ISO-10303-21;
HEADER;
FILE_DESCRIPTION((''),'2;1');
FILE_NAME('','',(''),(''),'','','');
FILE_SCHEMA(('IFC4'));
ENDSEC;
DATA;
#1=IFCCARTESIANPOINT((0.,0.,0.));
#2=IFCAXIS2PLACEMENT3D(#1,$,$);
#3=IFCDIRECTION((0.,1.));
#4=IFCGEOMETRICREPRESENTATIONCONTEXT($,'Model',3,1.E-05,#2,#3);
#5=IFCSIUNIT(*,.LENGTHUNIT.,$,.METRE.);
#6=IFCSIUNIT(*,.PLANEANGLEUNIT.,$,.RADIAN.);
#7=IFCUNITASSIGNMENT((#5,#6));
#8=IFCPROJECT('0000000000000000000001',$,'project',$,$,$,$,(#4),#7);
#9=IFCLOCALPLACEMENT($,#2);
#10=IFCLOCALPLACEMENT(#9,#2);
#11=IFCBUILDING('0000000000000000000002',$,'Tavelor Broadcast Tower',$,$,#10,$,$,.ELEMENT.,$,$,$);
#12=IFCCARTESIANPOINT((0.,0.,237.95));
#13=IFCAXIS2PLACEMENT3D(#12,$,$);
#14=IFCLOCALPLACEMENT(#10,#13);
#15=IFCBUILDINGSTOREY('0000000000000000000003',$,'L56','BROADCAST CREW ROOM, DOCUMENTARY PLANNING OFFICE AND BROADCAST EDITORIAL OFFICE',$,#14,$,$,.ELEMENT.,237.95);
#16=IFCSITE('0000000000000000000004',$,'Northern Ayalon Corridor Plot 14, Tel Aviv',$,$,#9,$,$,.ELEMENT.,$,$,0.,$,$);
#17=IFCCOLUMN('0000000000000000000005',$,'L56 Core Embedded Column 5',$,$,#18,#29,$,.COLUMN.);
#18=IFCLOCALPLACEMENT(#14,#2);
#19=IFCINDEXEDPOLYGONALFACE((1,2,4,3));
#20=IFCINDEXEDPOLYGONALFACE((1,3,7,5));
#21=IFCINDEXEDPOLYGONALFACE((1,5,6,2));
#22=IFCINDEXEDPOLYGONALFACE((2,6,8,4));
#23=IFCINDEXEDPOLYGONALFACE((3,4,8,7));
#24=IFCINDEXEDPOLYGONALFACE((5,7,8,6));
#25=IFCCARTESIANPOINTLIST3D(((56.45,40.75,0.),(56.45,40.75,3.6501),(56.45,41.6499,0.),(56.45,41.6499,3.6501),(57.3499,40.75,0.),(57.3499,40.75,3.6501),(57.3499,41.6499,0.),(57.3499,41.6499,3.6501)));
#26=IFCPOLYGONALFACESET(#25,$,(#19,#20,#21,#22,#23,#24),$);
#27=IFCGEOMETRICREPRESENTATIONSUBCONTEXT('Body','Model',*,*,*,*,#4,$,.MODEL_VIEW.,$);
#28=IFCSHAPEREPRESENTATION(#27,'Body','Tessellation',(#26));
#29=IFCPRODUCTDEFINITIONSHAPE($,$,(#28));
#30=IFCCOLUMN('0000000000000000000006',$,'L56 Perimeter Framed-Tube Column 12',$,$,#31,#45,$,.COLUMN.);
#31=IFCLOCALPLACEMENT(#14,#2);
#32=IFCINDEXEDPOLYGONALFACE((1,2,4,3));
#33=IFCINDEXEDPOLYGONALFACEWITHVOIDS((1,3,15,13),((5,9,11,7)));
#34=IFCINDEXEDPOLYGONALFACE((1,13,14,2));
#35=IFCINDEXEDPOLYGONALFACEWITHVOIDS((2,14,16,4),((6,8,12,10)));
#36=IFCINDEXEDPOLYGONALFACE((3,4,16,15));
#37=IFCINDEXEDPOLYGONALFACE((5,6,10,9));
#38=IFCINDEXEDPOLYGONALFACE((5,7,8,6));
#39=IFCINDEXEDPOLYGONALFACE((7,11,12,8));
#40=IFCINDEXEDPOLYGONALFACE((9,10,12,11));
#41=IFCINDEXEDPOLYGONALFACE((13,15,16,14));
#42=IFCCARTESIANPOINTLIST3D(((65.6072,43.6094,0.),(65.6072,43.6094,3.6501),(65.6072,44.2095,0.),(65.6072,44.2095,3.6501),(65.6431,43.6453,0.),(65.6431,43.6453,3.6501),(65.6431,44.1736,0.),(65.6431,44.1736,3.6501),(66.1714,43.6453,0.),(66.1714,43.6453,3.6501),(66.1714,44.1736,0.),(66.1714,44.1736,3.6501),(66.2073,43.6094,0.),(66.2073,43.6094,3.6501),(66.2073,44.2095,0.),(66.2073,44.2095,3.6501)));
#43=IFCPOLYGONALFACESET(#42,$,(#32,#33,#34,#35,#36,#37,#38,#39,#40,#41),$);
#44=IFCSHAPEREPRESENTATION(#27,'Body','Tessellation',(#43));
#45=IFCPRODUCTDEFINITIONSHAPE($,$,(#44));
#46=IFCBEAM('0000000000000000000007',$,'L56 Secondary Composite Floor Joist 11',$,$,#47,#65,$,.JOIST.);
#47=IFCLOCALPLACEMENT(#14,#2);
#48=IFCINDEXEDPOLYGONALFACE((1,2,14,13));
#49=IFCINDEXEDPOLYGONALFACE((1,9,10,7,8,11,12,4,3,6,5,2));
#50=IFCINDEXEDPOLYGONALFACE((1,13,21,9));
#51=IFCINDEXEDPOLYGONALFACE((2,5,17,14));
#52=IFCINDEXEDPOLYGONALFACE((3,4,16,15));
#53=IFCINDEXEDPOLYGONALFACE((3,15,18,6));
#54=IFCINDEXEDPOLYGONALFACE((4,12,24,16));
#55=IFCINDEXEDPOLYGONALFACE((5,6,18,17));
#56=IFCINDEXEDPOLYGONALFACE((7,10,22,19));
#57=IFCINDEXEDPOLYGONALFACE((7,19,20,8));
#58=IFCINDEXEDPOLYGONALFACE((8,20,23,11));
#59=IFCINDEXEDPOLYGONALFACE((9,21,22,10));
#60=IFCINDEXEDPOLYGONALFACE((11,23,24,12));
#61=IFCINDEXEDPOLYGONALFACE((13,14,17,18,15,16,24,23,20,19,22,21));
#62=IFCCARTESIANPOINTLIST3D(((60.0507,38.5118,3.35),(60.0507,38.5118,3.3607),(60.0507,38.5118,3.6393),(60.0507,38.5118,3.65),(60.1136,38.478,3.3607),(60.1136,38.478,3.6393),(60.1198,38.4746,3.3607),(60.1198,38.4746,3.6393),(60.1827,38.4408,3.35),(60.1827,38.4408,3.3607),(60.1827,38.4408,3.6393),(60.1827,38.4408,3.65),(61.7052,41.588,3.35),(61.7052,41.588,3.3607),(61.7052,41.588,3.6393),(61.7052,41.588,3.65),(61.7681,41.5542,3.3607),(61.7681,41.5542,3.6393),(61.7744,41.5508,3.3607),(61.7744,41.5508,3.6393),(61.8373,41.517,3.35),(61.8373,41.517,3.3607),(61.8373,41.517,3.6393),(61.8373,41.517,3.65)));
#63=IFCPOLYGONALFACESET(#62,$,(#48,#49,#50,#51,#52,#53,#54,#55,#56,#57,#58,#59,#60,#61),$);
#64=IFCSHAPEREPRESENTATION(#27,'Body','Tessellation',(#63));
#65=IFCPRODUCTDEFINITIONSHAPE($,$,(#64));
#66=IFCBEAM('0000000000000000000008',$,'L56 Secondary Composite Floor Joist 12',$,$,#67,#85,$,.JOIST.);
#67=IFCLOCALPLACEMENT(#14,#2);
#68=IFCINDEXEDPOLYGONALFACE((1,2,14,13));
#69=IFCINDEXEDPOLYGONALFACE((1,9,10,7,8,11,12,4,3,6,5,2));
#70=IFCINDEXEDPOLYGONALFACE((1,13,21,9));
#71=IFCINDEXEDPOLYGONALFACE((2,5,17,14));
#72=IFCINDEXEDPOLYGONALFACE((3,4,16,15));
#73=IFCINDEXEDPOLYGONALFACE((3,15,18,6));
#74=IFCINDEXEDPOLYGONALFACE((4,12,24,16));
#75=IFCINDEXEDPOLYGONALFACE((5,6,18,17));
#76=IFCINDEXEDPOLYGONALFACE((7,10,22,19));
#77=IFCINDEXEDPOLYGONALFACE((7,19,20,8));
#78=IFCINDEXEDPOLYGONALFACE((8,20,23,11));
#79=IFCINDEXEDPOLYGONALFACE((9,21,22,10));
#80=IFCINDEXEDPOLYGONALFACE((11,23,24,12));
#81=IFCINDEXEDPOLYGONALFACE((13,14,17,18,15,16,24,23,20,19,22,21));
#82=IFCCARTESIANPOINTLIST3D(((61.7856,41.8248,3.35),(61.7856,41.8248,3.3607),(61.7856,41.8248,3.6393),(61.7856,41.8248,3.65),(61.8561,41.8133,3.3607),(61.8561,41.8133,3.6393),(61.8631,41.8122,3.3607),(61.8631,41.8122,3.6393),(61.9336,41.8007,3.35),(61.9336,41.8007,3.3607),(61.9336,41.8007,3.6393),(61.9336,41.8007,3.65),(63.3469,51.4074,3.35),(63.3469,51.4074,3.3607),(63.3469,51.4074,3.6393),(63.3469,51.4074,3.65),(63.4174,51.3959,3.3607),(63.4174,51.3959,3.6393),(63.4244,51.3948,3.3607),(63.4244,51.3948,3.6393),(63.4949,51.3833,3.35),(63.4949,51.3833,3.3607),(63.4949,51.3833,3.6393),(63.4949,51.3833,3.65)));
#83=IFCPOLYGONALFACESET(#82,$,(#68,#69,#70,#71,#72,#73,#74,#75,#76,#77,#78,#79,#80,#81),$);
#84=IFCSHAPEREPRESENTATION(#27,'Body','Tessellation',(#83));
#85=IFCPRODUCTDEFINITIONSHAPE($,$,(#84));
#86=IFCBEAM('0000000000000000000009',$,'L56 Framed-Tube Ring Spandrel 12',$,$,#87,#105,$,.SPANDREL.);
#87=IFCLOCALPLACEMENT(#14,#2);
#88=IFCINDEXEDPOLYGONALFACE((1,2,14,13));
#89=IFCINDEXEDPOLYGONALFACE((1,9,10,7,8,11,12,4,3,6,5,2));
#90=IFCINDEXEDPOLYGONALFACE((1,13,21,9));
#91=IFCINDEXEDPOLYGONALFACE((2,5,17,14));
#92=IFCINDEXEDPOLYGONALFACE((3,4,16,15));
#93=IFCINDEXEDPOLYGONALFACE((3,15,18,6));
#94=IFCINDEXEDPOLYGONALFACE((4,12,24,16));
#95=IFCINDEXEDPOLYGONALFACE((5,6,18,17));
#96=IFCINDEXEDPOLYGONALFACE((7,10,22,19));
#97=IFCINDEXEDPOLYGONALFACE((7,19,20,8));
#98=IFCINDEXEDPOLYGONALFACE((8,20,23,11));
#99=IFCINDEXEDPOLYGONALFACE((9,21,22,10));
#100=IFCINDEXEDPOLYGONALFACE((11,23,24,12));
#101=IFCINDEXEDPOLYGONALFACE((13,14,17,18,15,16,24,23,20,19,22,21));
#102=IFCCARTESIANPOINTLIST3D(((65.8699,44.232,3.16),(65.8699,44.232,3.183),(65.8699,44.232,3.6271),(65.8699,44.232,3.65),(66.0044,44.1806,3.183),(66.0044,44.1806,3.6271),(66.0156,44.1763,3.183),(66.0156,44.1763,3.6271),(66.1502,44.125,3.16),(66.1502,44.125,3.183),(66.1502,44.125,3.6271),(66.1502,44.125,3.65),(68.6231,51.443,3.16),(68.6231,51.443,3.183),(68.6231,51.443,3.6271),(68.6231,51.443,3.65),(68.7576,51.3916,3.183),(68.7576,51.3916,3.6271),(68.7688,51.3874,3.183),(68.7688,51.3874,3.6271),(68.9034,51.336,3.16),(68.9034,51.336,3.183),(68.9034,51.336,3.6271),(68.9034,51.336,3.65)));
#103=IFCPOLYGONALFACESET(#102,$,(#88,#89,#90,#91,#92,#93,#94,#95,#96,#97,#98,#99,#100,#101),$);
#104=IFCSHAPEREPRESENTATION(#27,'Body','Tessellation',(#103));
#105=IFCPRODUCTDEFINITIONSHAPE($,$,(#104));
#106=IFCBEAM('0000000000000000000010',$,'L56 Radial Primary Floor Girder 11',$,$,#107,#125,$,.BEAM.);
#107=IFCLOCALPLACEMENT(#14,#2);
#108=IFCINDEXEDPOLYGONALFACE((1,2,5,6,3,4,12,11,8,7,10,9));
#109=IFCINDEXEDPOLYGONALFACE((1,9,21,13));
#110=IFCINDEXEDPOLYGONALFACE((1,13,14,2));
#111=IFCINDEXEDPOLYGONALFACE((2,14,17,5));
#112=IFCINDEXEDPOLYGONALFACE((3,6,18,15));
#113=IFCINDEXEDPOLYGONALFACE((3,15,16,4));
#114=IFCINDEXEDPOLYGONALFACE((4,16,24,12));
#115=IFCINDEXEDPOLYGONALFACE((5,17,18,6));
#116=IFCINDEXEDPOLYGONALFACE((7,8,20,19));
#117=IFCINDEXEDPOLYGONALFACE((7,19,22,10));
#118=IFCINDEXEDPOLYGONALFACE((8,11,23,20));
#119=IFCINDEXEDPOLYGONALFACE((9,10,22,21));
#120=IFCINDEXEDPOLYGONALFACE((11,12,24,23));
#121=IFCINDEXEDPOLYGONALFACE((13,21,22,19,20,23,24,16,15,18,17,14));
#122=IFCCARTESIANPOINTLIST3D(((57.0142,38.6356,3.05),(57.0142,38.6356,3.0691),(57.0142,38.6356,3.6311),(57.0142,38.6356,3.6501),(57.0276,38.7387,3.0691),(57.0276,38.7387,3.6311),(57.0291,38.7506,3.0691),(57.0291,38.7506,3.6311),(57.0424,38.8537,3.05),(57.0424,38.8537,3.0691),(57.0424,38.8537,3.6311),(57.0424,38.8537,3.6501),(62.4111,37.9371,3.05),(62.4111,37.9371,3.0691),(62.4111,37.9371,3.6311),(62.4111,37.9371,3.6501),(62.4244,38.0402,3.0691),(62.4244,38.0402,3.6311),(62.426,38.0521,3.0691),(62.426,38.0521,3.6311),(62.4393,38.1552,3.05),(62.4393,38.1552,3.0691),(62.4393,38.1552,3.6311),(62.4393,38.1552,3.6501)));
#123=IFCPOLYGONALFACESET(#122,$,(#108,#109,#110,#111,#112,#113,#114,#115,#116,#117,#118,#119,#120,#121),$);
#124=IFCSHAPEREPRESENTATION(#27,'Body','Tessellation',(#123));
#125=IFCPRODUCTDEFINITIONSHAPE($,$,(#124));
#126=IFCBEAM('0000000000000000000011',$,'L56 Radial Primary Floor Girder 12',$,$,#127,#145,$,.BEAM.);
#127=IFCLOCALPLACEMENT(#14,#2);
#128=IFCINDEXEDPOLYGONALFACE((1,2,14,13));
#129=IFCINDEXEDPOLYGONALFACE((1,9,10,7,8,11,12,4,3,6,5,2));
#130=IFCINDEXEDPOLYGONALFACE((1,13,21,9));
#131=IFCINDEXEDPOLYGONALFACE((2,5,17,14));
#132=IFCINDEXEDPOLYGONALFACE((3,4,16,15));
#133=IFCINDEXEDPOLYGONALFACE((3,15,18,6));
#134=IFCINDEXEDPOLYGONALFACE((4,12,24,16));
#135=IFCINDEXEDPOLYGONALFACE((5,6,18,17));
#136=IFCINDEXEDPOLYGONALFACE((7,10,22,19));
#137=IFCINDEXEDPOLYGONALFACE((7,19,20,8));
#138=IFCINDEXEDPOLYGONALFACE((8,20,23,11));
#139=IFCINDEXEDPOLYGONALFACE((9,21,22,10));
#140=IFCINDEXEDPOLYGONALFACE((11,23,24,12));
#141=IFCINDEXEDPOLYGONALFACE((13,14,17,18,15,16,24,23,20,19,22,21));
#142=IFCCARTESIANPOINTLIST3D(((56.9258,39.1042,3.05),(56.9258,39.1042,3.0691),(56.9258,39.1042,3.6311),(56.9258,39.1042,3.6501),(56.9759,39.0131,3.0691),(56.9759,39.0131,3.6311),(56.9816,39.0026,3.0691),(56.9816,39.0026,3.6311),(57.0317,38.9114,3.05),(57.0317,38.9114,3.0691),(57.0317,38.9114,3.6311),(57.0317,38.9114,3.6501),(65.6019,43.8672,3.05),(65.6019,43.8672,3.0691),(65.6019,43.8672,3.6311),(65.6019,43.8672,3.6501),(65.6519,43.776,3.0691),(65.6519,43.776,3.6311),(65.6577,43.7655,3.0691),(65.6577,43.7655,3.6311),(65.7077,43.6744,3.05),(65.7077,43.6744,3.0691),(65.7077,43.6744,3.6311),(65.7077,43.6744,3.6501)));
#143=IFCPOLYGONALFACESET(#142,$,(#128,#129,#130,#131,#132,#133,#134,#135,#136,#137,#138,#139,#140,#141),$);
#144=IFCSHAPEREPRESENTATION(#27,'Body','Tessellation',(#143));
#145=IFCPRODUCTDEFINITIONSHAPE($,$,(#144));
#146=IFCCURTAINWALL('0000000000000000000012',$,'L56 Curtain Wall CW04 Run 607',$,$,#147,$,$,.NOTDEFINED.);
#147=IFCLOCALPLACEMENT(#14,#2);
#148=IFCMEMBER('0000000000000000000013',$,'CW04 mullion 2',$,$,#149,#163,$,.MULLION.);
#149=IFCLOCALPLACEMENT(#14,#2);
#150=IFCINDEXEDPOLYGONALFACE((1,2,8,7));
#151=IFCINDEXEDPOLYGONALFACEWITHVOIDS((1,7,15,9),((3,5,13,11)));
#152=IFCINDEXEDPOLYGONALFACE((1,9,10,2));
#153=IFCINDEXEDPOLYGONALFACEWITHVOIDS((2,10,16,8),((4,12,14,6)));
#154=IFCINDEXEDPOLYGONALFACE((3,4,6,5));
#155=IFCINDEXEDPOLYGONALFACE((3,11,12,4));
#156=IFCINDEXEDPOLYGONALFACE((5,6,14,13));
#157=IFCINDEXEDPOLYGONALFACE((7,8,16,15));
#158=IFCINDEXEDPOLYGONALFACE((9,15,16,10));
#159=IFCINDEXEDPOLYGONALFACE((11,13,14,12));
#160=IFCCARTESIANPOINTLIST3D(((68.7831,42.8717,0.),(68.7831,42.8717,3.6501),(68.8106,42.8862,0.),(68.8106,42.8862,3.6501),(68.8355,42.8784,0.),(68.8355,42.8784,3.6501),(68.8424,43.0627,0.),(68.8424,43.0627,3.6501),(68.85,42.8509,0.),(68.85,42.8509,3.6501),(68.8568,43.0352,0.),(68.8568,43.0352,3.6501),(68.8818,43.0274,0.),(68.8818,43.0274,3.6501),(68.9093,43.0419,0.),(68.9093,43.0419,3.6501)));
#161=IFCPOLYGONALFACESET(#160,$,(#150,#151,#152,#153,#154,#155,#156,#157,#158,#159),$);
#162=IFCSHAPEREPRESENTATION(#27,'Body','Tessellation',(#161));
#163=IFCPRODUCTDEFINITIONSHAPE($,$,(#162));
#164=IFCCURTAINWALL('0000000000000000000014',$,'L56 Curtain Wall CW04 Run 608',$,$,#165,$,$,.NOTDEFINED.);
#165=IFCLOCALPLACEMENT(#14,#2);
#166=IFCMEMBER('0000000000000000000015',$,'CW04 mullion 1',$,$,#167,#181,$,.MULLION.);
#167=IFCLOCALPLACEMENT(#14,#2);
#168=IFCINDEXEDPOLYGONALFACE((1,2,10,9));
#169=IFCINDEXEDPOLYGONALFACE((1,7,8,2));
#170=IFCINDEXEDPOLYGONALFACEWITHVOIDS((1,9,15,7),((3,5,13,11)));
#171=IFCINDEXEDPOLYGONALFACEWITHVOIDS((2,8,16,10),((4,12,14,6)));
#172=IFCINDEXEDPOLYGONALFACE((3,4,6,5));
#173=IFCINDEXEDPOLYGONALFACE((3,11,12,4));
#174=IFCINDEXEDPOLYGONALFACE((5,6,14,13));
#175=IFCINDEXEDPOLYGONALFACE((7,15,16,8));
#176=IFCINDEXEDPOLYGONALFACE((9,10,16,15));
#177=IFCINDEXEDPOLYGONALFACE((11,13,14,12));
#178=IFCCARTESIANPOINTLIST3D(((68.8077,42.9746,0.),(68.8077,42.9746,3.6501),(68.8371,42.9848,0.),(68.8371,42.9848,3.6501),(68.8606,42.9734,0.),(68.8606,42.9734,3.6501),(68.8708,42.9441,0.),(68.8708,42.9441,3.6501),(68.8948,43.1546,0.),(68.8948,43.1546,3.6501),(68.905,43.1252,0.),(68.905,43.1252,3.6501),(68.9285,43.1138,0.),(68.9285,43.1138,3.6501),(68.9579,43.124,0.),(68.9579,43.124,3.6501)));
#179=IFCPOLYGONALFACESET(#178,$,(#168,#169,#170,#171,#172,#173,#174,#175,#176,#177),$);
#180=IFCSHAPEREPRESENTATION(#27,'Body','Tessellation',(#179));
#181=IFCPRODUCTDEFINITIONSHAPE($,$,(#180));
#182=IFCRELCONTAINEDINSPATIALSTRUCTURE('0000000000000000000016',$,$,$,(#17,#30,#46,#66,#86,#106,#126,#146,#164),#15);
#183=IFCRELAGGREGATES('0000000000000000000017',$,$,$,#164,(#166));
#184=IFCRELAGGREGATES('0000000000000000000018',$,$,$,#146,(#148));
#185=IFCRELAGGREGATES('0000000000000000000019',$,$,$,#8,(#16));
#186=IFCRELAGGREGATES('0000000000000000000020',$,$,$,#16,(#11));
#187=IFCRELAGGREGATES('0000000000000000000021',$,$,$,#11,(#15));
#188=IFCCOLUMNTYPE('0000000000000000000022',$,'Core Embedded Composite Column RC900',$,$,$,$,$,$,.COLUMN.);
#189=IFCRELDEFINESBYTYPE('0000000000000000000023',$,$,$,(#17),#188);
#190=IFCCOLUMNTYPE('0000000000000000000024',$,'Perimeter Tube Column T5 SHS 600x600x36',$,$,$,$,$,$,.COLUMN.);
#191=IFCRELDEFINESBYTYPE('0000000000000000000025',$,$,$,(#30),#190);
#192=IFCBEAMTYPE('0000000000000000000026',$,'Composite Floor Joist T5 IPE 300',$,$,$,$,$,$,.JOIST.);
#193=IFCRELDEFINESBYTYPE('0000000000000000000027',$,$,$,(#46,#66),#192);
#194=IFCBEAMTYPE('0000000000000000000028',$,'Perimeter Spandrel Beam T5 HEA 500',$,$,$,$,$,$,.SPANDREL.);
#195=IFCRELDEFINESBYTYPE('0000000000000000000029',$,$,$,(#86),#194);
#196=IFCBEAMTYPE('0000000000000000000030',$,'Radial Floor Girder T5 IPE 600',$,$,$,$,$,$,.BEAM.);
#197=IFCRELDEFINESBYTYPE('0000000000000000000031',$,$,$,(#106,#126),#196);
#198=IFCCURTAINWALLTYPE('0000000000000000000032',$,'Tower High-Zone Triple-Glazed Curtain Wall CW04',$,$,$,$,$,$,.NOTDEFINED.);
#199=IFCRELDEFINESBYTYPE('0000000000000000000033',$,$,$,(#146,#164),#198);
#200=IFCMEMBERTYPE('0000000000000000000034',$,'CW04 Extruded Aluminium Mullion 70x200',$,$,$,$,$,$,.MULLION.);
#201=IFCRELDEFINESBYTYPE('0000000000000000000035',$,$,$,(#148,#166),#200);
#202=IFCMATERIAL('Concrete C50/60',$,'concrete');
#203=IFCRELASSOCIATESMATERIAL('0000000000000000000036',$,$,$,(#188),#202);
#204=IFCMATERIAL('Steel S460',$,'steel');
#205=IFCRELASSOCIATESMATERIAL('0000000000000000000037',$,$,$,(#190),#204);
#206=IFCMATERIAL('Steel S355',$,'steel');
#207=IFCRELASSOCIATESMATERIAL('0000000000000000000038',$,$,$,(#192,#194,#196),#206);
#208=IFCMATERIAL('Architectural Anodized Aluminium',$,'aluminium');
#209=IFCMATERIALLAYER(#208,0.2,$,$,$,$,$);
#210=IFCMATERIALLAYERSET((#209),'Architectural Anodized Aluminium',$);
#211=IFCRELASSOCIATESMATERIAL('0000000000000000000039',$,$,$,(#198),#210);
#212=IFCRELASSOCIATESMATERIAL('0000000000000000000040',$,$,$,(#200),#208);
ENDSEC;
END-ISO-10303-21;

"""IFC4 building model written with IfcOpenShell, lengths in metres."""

from ifc_helpers import new_model, si_unit, direction, frame, origin, origin_2d, place, context, subcontext, project, spatial, rectangle, hollow_rectangle, i_section, extrude, source, transform, mapped, material, layer, layer_set, material_profile, profile_set, type_object, type_shapes, element, aggregate, save


model = new_model("IFC4")

# Units and contexts
model_context = context("Model", 3, precision=1e-05, world=origin(), true_north=direction((0.0, 1.0)))
body_context = subcontext(model_context, "Body", "Model", "MODEL_VIEW")
ifc_project = project(units=[si_unit("LENGTHUNIT", "METRE"), si_unit("PLANEANGLEUNIT", "RADIAN")], contexts=[model_context])

# Site, building, storey
site_placement = place(None, origin())
site = spatial("IfcSite", under=ifc_project, at=site_placement, Name="Northern Ayalon Corridor Plot 14, Tel Aviv", CompositionType="ELEMENT", RefElevation=0.0)
building_placement = place(site_placement, origin())
building = spatial("IfcBuilding", under=site, at=building_placement, Name="Tavelor Broadcast Tower", CompositionType="ELEMENT")
storey_placement = place(building_placement, frame((0.0, 0.0, 237.95)))
storey = spatial("IfcBuildingStorey", under=building, at=storey_placement, Name="L56", Description="BROADCAST CREW ROOM, DOCUMENTARY PLANNING OFFICE AND BROADCAST EDITORIAL OFFICE", CompositionType="ELEMENT", Elevation=237.95)

# Columns
ifc_material_1 = material(Name="Concrete C50/60", Category="concrete")
ifc_material_profile_1 = material_profile(ifc_material_1, rectangle(XDim=0.8999, YDim=0.8999, at=origin_2d()), Name="RC 900x900")
ifc_profile_set_1 = profile_set([ifc_material_profile_1], Name="Concrete C50/60")
column_type_1 = type_object("IfcColumnType", Name="Core Embedded Composite Column RC900", PredefinedType="COLUMN", material=ifc_profile_set_1)
column_1_placement = place(storey_placement, frame((56.8999, 41.2, 0.0), z_axis=(0.0, 0.0, 1.0), x_axis=(1.0, 0.0, 0.0)))
element("IfcColumn", 1, at=column_1_placement, inside=storey, type_object=column_type_1, Name="L56 Core Embedded Column 5", PredefinedType="COLUMN", context=body_context, shape_type="SweptSolid", body=[
    extrude(rectangle(XDim=0.8999, YDim=0.8999, at=origin_2d()), origin(), (0.0, 0.0, 1.0), 3.6501),
])
ifc_material_2 = material(Name="Steel S460", Category="steel")
ifc_material_profile_2 = material_profile(ifc_material_2, hollow_rectangle(XDim=0.6001, YDim=0.6001, WallThickness=0.0359, at=origin_2d()), Name="SHS 600x600x36")
ifc_profile_set_2 = profile_set([ifc_material_profile_2], Name="Steel S460")
column_type_2 = type_object("IfcColumnType", Name="Perimeter Tube Column T5 SHS 600x600x36", PredefinedType="COLUMN", material=ifc_profile_set_2)
column_2_placement = place(storey_placement, frame((65.9072, 43.9094, 0.0), z_axis=(0.0, 0.0, 1.0), x_axis=(1.0, 0.0, 0.0)))
element("IfcColumn", 2, at=column_2_placement, inside=storey, type_object=column_type_2, Name="L56 Perimeter Framed-Tube Column 12", PredefinedType="COLUMN", context=body_context, shape_type="SweptSolid", body=[
    extrude(hollow_rectangle(XDim=0.6001, YDim=0.6001, WallThickness=0.0359, at=origin_2d()), origin(), (0.0, 0.0, 1.0), 3.6501),
])

# Beams
ifc_material_3 = material(Name="Steel S355", Category="steel")
ifc_material_profile_3 = material_profile(ifc_material_3, i_section(OverallWidth=0.1499, OverallDepth=0.3, WebThickness=0.0071, FlangeThickness=0.0107, at=origin_2d()), Name="IPE 300")
ifc_profile_set_3 = profile_set([ifc_material_profile_3], Name="Steel S355")
beam_type_1 = type_object("IfcBeamType", Name="Composite Floor Joist T5 IPE 300", PredefinedType="JOIST", material=ifc_profile_set_3)
beam_1_placement = place(storey_placement, frame((60.1167, 38.4763, 3.5), z_axis=(0.473687, 0.880693, 0.0), x_axis=(-0.880693, 0.473687, 0.0)))
element("IfcBeam", 3, at=beam_1_placement, inside=storey, type_object=beam_type_1, Name="L56 Secondary Composite Floor Joist 11", PredefinedType="JOIST", context=body_context, shape_type="SweptSolid", body=[
    extrude(i_section(OverallWidth=0.1499, OverallDepth=0.3, WebThickness=0.0071, FlangeThickness=0.0107, at=origin_2d()), origin(), (0.0, 0.0, 1.0), 3.4929),
])
beam_2_placement = place(storey_placement, frame((61.8596, 41.8127, 3.5), z_axis=(0.160809, 0.986985, 0.0), x_axis=(-0.986985, 0.160809, 0.0)))
element("IfcBeam", 4, at=beam_2_placement, inside=storey, type_object=beam_type_1, Name="L56 Secondary Composite Floor Joist 12", PredefinedType="JOIST", context=body_context, shape_type="SweptSolid", body=[
    extrude(i_section(OverallWidth=0.1499, OverallDepth=0.3, WebThickness=0.0071, FlangeThickness=0.0107, at=origin_2d()), origin(), (0.0, 0.0, 1.0), 9.709),
])
ifc_material_profile_4 = material_profile(ifc_material_3, i_section(OverallWidth=0.3, OverallDepth=0.49, WebThickness=0.012, FlangeThickness=0.0229, at=origin_2d()), Name="HEA 500")
ifc_profile_set_4 = profile_set([ifc_material_profile_4], Name="Steel S355")
beam_type_2 = type_object("IfcBeamType", Name="Perimeter Spandrel Beam T5 HEA 500", PredefinedType="SPANDREL", material=ifc_profile_set_4)
beam_3_placement = place(storey_placement, frame((66.01, 44.1785, 3.405), z_axis=(0.356691, 0.934222, 0.0), x_axis=(-0.934222, 0.356691, 0.0)))
element("IfcBeam", 5, at=beam_3_placement, inside=storey, type_object=beam_type_2, Name="L56 Framed-Tube Ring Spandrel 12", PredefinedType="SPANDREL", context=body_context, shape_type="SweptSolid", body=[
    extrude(i_section(OverallWidth=0.3, OverallDepth=0.49, WebThickness=0.012, FlangeThickness=0.0229, at=origin_2d()), origin(), (0.0, 0.0, 1.0), 7.7188),
])
ifc_material_profile_5 = material_profile(ifc_material_3, i_section(OverallWidth=0.22, OverallDepth=0.6001, WebThickness=0.012, FlangeThickness=0.019, at=origin_2d()), Name="IPE 600")
ifc_profile_set_5 = profile_set([ifc_material_profile_5], Name="Steel S355")
beam_type_3 = type_object("IfcBeamType", Name="Radial Floor Girder T5 IPE 600", PredefinedType="BEAM", material=ifc_profile_set_5)
beam_4_placement = place(storey_placement, frame((57.0283, 38.7446, 3.3501), z_axis=(0.991729, -0.128351, 0.0), x_axis=(0.128351, 0.991729, 0.0)))
element("IfcBeam", 6, at=beam_4_placement, inside=storey, type_object=beam_type_3, Name="L56 Radial Primary Floor Girder 11", PredefinedType="BEAM", context=body_context, shape_type="SweptSolid", body=[
    extrude(i_section(OverallWidth=0.22, OverallDepth=0.6001, WebThickness=0.012, FlangeThickness=0.019, at=origin_2d()), origin(), (0.0, 0.0, 1.0), 5.4419),
])
beam_5_placement = place(storey_placement, frame((56.9788, 39.0078, 3.3501), z_axis=(0.876594, 0.48123, 0.0), x_axis=(-0.48123, 0.876594, 0.0)))
element("IfcBeam", 7, at=beam_5_placement, inside=storey, type_object=beam_type_3, Name="L56 Radial Primary Floor Girder 12", PredefinedType="BEAM", context=body_context, shape_type="SweptSolid", body=[
    extrude(i_section(OverallWidth=0.22, OverallDepth=0.6001, WebThickness=0.012, FlangeThickness=0.019, at=origin_2d()), origin(), (0.0, 0.0, 1.0), 9.8975),
])

# Curtain wall, member
ifc_material_4 = material(Name="Architectural Anodized Aluminium", Category="aluminium")
ifc_layer_1 = layer(ifc_material_4, 0.2)
ifc_layer_set_1 = layer_set([ifc_layer_1], Name="Architectural Anodized Aluminium")
curtain_wall_type = type_object("IfcCurtainWallType", Name="Tower High-Zone Triple-Glazed Curtain Wall CW04", PredefinedType="NOTDEFINED", material=ifc_layer_set_1)
curtain_wall_1_placement = place(storey_placement, origin())
curtain_wall_1 = element("IfcCurtainWall", 8, at=curtain_wall_1_placement, inside=storey, type_object=curtain_wall_type, Name="L56 Curtain Wall CW04 Run 607", PredefinedType="NOTDEFINED")
ifc_material_profile_6 = material_profile(ifc_material_4, hollow_rectangle(XDim=0.0701, YDim=0.2, WallThickness=0.022, at=origin_2d()), Name="RHS 70x200x22")
ifc_profile_set_6 = profile_set([ifc_material_profile_6], Name="Architectural Anodized Aluminium")
member_type_1 = type_object("IfcMemberType", Name="CW04 Extruded Aluminium Mullion 70x200", PredefinedType="MULLION", material=ifc_profile_set_6)
shared_shape_1 = source(origin(), body_context, "Body", "SweptSolid", [
    extrude(hollow_rectangle(XDim=0.0701, YDim=0.2, WallThickness=0.022, at=origin_2d()), origin(), (0.0, 0.0, 1.0), 3.6501),
])
type_shapes(member_type_1, [shared_shape_1])
member_1_placement = place(storey_placement, frame((68.8462, 42.9568, 0.0), z_axis=(0.0, 0.0, 1.0), x_axis=(-0.955061, 0.296411, 0.0)))
member_1 = element("IfcMember", 9, at=member_1_placement, type_object=member_type_1, Name="CW04 mullion 2", PredefinedType="MULLION", context=body_context, shape_type="MappedRepresentation", body=[
    mapped(shared_shape_1, transform((0.0, 0.0, 0.0), scale=1.0)),
])

# Curtain wall, member
curtain_wall_2_placement = place(storey_placement, origin())
curtain_wall_2 = element("IfcCurtainWall", 10, at=curtain_wall_2_placement, inside=storey, type_object=curtain_wall_type, Name="L56 Curtain Wall CW04 Run 608", PredefinedType="NOTDEFINED")
member_2_placement = place(storey_placement, frame((68.8828, 43.0493, 0.0), z_axis=(0.0, 0.0, 1.0), x_axis=(-0.900137, 0.435607, 0.0)))
member_2 = element("IfcMember", 11, at=member_2_placement, type_object=member_type_1, Name="CW04 mullion 1", PredefinedType="MULLION", context=body_context, shape_type="MappedRepresentation", body=[
    mapped(shared_shape_1, transform((0.0, 0.0, 0.0), scale=1.0)),
])
aggregate(curtain_wall_2, [member_2])

aggregate(curtain_wall_1, [member_1])

save(model, "model.ifc")
